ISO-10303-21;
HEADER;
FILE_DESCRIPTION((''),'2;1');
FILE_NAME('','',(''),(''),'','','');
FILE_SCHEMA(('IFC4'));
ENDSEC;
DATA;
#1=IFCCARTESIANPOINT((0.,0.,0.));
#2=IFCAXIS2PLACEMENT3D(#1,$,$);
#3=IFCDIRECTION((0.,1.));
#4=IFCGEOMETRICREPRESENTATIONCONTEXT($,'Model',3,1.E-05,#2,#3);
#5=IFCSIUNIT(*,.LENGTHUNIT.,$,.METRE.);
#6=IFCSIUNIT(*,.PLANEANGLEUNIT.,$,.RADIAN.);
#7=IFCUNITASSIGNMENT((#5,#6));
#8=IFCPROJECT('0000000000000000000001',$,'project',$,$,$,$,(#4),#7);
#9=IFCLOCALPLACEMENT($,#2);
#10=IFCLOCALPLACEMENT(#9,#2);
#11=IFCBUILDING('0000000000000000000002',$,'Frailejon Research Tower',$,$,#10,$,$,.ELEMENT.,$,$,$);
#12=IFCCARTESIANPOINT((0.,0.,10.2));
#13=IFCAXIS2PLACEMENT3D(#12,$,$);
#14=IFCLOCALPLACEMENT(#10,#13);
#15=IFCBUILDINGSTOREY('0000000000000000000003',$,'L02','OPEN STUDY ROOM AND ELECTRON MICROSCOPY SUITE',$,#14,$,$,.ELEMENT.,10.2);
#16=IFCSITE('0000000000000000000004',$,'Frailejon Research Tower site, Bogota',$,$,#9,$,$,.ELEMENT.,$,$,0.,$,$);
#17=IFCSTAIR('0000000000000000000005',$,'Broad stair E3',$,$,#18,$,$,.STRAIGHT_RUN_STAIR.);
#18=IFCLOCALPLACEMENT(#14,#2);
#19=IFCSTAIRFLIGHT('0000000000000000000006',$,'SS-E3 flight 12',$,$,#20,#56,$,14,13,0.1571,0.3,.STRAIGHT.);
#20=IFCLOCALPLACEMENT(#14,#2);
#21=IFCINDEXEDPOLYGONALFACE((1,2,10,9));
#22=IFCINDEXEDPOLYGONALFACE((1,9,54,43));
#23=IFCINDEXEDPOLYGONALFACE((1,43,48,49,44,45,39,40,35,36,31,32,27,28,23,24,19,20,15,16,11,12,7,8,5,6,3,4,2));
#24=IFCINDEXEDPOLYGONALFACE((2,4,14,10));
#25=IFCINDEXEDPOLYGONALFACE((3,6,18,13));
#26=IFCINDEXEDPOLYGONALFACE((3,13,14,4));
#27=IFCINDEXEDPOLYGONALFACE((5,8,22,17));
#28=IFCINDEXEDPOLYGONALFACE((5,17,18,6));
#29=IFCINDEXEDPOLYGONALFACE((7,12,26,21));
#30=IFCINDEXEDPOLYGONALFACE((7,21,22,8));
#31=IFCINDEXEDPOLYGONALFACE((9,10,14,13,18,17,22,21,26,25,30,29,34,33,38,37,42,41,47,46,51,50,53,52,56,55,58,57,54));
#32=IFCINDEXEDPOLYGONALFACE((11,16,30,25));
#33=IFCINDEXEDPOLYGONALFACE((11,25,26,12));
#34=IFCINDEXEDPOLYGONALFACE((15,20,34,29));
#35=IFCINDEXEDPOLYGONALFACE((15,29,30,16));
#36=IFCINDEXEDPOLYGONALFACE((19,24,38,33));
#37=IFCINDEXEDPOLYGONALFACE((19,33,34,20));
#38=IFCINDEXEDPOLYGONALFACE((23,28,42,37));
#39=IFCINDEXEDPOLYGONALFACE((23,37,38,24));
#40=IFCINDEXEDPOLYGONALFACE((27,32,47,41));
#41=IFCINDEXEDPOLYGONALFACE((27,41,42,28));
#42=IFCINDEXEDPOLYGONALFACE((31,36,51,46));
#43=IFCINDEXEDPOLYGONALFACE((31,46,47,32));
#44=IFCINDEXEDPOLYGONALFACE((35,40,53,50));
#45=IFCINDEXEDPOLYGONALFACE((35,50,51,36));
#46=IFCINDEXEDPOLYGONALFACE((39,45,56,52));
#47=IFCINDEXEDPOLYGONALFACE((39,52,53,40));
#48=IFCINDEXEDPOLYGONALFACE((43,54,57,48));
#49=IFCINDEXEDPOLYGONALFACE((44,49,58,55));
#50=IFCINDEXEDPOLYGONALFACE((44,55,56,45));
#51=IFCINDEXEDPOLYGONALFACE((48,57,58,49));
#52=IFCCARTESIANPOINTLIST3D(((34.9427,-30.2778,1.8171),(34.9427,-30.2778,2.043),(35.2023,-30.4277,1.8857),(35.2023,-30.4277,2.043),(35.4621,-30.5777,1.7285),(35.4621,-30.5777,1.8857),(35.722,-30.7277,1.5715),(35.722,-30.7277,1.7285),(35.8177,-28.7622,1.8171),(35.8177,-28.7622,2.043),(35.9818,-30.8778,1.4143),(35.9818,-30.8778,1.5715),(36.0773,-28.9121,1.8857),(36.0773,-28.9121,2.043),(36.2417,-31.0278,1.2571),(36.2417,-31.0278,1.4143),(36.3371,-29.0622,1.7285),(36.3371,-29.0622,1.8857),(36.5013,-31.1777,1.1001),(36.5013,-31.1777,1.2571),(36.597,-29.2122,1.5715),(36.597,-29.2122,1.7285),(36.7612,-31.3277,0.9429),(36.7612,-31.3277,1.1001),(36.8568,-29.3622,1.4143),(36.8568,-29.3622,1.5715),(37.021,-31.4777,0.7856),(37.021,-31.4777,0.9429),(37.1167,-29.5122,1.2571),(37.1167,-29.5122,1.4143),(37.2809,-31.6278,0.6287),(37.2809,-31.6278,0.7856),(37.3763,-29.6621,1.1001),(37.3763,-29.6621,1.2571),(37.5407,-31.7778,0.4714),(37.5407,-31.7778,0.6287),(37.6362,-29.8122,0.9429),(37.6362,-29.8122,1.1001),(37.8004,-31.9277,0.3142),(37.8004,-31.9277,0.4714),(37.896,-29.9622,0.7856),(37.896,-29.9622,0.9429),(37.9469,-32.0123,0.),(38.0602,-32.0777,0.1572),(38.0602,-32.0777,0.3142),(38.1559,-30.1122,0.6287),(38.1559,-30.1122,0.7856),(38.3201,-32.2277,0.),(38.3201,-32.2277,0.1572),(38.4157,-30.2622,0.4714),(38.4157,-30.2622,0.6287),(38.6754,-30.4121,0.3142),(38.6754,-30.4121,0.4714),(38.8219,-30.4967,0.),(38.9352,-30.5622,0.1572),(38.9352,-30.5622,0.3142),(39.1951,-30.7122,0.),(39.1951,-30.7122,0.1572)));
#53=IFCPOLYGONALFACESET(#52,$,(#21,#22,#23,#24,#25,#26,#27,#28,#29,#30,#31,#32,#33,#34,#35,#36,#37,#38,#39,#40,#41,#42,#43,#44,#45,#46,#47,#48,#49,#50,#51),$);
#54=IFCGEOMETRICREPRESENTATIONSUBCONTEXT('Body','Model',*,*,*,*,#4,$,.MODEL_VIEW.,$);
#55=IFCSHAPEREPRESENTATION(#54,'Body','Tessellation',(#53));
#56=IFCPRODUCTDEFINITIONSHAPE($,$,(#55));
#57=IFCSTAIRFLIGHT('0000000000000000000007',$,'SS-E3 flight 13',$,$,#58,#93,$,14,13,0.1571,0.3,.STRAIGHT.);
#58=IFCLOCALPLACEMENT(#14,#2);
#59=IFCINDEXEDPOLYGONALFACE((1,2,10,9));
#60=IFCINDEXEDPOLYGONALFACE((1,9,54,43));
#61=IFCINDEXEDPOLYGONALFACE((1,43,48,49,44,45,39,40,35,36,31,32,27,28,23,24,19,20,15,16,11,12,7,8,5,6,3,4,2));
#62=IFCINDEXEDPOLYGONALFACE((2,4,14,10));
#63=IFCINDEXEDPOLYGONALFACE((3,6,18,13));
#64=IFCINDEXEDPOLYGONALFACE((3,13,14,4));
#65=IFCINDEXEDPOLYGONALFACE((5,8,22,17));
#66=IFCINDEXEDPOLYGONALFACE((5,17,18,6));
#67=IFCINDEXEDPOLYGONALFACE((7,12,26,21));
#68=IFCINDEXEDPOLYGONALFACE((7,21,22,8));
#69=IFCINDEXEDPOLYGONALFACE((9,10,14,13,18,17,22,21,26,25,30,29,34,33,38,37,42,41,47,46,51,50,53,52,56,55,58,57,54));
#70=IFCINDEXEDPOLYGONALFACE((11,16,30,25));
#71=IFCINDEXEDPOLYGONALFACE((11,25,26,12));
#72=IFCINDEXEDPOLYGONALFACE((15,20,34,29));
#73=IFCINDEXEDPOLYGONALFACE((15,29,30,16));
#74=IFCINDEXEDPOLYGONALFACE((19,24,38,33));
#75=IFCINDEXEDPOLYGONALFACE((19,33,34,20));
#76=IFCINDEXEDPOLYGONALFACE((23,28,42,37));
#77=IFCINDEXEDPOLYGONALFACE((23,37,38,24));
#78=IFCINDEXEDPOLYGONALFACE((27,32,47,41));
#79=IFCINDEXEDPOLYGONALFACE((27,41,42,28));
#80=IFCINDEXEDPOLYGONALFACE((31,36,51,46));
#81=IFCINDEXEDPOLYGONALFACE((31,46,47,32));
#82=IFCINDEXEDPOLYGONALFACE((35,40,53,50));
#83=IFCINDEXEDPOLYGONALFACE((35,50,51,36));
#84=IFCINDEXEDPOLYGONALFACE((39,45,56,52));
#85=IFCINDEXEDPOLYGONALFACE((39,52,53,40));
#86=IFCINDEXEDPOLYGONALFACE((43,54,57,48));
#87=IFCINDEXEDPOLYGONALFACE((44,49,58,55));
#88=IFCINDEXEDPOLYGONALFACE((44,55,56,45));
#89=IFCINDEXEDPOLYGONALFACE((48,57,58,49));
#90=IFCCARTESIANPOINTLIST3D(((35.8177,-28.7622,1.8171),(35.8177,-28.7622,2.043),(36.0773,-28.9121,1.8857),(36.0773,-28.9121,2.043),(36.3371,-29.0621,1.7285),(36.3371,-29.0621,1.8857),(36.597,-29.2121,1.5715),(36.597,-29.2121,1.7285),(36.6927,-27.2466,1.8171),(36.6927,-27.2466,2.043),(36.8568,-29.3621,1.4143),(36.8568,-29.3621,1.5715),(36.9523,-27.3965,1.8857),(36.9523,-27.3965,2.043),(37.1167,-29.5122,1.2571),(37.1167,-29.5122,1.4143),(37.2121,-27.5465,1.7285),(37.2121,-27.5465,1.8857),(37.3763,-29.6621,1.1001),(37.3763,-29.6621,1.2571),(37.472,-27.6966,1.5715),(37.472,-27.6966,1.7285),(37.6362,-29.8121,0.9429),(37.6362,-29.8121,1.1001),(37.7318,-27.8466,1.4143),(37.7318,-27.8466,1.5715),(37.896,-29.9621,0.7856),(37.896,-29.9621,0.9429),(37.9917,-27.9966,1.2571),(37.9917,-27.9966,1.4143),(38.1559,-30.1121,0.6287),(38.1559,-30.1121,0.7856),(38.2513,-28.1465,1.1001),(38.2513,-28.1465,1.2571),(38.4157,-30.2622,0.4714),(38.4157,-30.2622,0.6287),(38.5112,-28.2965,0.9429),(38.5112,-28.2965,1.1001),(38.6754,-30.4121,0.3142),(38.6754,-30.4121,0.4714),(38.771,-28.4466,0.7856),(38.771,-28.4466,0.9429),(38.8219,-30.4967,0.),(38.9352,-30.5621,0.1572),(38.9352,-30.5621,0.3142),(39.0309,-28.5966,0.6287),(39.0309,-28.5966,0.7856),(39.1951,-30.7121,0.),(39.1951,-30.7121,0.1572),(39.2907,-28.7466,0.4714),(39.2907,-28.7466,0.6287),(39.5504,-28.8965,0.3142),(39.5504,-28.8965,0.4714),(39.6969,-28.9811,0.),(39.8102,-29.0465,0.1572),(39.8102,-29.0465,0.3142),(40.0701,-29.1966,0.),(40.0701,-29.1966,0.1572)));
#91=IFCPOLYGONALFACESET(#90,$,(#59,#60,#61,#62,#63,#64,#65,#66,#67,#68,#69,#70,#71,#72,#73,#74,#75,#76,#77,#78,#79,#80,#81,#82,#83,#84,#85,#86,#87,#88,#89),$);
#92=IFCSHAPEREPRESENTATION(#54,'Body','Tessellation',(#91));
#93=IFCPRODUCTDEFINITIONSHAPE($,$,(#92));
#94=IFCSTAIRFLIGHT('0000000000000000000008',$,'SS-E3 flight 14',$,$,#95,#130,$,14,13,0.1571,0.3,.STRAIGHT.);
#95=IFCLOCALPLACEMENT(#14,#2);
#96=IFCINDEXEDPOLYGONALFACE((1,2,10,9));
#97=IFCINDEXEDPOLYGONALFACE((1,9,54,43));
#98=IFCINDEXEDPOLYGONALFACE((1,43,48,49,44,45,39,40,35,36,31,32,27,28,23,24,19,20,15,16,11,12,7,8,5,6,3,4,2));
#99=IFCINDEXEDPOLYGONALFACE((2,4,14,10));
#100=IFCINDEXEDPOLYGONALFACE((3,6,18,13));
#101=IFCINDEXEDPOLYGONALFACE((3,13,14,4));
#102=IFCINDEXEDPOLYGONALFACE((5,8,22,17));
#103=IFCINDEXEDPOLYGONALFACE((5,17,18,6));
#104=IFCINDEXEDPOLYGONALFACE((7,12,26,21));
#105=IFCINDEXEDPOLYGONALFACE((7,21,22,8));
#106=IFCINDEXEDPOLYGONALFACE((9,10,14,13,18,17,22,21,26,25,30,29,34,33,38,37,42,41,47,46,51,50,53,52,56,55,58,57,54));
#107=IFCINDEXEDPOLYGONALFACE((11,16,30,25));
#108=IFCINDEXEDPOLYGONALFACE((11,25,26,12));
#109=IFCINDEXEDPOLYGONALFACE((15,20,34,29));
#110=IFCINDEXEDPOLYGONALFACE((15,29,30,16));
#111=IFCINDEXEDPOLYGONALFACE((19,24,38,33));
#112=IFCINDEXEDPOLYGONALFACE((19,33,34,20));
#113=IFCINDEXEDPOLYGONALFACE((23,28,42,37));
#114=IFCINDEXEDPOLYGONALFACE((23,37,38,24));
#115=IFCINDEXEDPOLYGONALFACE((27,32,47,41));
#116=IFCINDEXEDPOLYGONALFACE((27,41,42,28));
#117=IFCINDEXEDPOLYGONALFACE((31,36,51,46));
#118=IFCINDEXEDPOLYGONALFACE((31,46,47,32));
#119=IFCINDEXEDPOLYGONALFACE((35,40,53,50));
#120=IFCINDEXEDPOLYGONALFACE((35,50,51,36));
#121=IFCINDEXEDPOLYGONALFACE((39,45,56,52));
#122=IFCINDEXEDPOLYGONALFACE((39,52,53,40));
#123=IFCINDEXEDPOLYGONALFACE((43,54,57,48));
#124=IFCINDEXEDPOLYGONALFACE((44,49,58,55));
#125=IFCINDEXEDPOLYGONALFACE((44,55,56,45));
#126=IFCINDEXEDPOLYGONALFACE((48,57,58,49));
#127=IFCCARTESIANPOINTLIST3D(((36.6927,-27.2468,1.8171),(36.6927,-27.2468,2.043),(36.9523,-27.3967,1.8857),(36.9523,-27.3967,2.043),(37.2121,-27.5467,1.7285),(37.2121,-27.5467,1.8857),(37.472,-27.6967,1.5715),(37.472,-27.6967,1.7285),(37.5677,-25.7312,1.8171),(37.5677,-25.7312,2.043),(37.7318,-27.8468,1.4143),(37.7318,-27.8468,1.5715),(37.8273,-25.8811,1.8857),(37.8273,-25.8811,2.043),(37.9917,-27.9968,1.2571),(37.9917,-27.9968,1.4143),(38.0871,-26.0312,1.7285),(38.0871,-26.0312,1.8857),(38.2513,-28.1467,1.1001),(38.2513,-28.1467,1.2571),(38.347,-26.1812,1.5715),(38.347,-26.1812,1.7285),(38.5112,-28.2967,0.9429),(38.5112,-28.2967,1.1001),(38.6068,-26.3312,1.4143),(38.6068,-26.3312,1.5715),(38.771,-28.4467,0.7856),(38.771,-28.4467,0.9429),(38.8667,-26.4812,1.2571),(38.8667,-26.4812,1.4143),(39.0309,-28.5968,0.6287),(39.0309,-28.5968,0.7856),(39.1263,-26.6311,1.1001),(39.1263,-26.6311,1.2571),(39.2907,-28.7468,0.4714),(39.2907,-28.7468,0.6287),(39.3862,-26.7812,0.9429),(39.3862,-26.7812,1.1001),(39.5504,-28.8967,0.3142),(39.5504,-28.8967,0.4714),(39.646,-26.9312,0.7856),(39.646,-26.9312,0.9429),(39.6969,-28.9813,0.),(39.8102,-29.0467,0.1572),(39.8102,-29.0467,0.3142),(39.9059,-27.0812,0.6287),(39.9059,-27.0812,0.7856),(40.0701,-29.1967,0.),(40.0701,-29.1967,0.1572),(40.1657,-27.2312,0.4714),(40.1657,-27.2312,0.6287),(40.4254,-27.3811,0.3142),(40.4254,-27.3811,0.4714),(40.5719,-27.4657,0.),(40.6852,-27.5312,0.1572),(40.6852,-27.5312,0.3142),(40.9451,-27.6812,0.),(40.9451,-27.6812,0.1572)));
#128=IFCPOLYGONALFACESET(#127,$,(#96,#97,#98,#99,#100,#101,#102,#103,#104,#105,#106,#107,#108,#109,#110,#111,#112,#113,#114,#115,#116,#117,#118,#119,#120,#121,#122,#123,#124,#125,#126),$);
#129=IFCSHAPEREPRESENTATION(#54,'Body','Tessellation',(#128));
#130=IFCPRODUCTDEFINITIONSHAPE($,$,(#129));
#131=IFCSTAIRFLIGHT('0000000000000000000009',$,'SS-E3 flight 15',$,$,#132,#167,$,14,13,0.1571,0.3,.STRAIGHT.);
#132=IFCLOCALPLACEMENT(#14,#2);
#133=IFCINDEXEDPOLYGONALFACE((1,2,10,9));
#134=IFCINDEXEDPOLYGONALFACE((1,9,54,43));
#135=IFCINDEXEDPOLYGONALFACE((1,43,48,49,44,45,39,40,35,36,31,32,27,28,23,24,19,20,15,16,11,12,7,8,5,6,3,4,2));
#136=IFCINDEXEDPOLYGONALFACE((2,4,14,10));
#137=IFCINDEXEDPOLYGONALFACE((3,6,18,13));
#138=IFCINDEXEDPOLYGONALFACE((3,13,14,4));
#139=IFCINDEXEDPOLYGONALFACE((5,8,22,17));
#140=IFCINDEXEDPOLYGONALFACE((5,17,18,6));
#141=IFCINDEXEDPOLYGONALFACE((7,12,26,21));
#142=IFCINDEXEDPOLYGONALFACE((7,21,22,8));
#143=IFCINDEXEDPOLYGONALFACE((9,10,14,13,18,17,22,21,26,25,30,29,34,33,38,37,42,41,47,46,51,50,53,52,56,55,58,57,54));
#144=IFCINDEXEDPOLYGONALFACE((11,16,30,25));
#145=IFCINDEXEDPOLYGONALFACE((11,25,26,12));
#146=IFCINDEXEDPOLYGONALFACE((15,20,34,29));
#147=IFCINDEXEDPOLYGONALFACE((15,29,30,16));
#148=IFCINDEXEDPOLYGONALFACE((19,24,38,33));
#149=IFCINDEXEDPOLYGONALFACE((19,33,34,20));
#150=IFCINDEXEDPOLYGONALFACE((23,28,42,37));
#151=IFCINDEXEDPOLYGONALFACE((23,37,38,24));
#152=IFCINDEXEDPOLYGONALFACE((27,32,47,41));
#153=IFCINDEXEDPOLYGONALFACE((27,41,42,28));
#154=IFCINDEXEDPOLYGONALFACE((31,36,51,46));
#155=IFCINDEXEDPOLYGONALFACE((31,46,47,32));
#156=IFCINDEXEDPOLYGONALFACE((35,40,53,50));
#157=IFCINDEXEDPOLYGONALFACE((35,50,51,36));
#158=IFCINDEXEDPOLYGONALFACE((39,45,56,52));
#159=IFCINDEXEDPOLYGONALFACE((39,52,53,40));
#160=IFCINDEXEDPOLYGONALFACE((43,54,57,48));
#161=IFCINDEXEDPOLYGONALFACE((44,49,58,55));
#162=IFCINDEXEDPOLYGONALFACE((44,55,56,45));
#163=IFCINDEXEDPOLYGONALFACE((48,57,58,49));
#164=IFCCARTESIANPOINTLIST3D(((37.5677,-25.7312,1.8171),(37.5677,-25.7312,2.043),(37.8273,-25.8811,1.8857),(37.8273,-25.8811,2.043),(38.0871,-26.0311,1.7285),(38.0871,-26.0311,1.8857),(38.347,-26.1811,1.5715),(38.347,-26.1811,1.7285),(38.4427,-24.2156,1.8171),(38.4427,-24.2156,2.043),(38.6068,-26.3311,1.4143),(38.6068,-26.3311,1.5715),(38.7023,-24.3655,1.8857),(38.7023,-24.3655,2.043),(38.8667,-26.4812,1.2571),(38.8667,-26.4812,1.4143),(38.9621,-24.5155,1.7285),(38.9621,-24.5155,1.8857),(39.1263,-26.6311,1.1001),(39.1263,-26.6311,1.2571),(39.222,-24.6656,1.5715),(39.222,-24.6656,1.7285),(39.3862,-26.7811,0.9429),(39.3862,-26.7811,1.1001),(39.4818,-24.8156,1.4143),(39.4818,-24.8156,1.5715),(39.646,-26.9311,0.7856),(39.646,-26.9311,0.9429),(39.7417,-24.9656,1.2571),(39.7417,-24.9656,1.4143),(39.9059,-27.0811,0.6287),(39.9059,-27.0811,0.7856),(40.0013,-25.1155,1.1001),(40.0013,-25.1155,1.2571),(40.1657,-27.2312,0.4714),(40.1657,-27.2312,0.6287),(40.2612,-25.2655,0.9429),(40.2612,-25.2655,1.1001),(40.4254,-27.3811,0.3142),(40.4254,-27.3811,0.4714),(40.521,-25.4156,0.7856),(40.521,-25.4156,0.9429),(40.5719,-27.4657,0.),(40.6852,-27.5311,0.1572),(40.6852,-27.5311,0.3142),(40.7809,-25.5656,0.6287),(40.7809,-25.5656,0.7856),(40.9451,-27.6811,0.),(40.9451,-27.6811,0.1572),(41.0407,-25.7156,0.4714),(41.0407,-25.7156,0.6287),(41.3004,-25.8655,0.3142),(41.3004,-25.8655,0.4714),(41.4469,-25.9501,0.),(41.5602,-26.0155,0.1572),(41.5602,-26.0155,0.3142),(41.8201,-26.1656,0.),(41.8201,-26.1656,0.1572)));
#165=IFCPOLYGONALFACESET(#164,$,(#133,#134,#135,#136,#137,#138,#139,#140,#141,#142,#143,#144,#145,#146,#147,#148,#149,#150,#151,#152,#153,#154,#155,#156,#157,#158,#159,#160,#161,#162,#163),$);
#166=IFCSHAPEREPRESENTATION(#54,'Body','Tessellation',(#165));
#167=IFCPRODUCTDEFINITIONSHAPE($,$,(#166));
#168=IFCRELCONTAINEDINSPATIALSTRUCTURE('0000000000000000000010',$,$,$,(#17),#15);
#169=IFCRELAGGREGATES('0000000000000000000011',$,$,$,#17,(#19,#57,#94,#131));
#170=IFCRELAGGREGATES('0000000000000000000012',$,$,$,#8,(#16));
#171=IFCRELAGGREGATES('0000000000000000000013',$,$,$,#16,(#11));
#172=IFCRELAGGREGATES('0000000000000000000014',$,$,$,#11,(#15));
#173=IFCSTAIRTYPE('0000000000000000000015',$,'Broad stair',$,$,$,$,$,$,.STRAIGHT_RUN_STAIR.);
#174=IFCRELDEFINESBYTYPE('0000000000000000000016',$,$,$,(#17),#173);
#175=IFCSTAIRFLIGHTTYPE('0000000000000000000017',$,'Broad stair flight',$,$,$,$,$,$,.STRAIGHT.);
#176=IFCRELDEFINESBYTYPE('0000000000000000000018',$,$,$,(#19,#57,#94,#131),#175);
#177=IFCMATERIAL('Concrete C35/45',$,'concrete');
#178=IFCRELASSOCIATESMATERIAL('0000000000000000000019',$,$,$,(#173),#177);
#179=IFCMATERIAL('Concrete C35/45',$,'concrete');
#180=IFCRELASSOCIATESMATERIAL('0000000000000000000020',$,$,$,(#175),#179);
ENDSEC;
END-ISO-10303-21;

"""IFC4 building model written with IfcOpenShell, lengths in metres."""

from ifc_helpers import new_model, si_unit, direction, frame, origin, place, context, subcontext, project, spatial, polyline, outline, extrude, material, type_object, element, aggregate, save


model = new_model("IFC4")

# Units and contexts
model_context = context("Model", 3, precision=1e-05, world=origin(), true_north=direction((0.0, 1.0)))
body_context = subcontext(model_context, "Body", "Model", "MODEL_VIEW")
ifc_project = project(units=[si_unit("LENGTHUNIT", "METRE"), si_unit("PLANEANGLEUNIT", "RADIAN")], contexts=[model_context])

# Site, building, storey
site_placement = place(None, origin())
site = spatial("IfcSite", under=ifc_project, at=site_placement, Name="Frailejon Research Tower site, Bogota", CompositionType="ELEMENT", RefElevation=0.0)
building_placement = place(site_placement, origin())
building = spatial("IfcBuilding", under=site, at=building_placement, Name="Frailejon Research Tower", CompositionType="ELEMENT")
storey_placement = place(building_placement, frame((0.0, 0.0, 10.2)))
storey = spatial("IfcBuildingStorey", under=building, at=storey_placement, Name="L02", Description="OPEN STUDY ROOM AND ELECTRON MICROSCOPY SUITE", CompositionType="ELEMENT", Elevation=10.2)

# Stair, stair flights
ifc_material_1 = material(Name="Concrete C35/45", Category="concrete")
stair_type = type_object("IfcStairType", Name="Broad stair", PredefinedType="STRAIGHT_RUN_STAIR", material=ifc_material_1)
stair_placement = place(storey_placement, origin())
stair = element("IfcStair", 1, at=stair_placement, inside=storey, type_object=stair_type, Name="Broad stair E3", PredefinedType="STRAIGHT_RUN_STAIR")
ifc_material_2 = material(Name="Concrete C35/45", Category="concrete")
stair_flight_type = type_object("IfcStairFlightType", Name="Broad stair flight", PredefinedType="STRAIGHT", material=ifc_material_2)
stair_flight_1_placement = place(storey_placement, frame((38.7576, -31.47, 0.0), z_axis=(0.0, 0.0, 1.0), x_axis=(-0.866025, 0.5, 0.0)))
stair_flight_1 = element("IfcStairFlight", 2, at=stair_flight_1_placement, type_object=stair_flight_type, Name="SS-E3 flight 12", NumberOfRisers=14, NumberOfTreads=13, PredefinedType="STRAIGHT", RiserHeight=0.1571, TreadLength=0.3, context=body_context, shape_type="SweptSolid", body=[
    extrude(outline(polyline([(0.0, 0.0), (0.0, 0.1572), (0.3, 0.1572), (0.3, 0.3142), (0.6001, 0.3142), (0.6001, 0.4714), (0.8999, 0.4714), (0.8999, 0.6287), (1.2, 0.6287), (1.2, 0.7856), (1.5, 0.7856), (1.5, 0.9429), (1.8, 0.9429), (1.8, 1.1001), (2.1001, 1.1001), (2.1001, 1.2571), (2.3999, 1.2571), (2.3999, 1.4143), (2.7, 1.4143), (2.7, 1.5715), (3.0, 1.5715), (3.0, 1.7285), (3.3, 1.7285), (3.3, 1.8857), (3.6001, 1.8857), (3.6001, 2.043), (3.8999, 2.043), (3.8999, 2.2), (3.8999, 1.8171), (0.4309, 0.0), (0.0, 0.0)])), frame((0.0, 0.875, 0.0), z_axis=(0.0, -1.0, 0.0), x_axis=(1.0, 0.0, 0.0)), (0.0, 0.0, 1.0), 1.75),
])
stair_flight_2_placement = place(storey_placement, frame((39.6326, -29.9543, 0.0), z_axis=(0.0, 0.0, 1.0), x_axis=(-0.866025, 0.5, 0.0)))
stair_flight_2 = element("IfcStairFlight", 3, at=stair_flight_2_placement, type_object=stair_flight_type, Name="SS-E3 flight 13", NumberOfRisers=14, NumberOfTreads=13, PredefinedType="STRAIGHT", RiserHeight=0.1571, TreadLength=0.3, context=body_context, shape_type="SweptSolid", body=[
    extrude(outline(polyline([(0.0, 0.0), (0.0, 0.1572), (0.3, 0.1572), (0.3, 0.3142), (0.6001, 0.3142), (0.6001, 0.4714), (0.8999, 0.4714), (0.8999, 0.6287), (1.2, 0.6287), (1.2, 0.7856), (1.5, 0.7856), (1.5, 0.9429), (1.8, 0.9429), (1.8, 1.1001), (2.1001, 1.1001), (2.1001, 1.2571), (2.3999, 1.2571), (2.3999, 1.4143), (2.7, 1.4143), (2.7, 1.5715), (3.0, 1.5715), (3.0, 1.7285), (3.3, 1.7285), (3.3, 1.8857), (3.6001, 1.8857), (3.6001, 2.043), (3.8999, 2.043), (3.8999, 2.2), (3.8999, 1.8171), (0.4309, 0.0), (0.0, 0.0)])), frame((0.0, 0.875, 0.0), z_axis=(0.0, -1.0, 0.0), x_axis=(1.0, 0.0, 0.0)), (0.0, 0.0, 1.0), 1.75),
])
stair_flight_3_placement = place(storey_placement, frame((40.5076, -28.439, 0.0), z_axis=(0.0, 0.0, 1.0), x_axis=(-0.866025, 0.5, 0.0)))
stair_flight_3 = element("IfcStairFlight", 4, at=stair_flight_3_placement, type_object=stair_flight_type, Name="SS-E3 flight 14", NumberOfRisers=14, NumberOfTreads=13, PredefinedType="STRAIGHT", RiserHeight=0.1571, TreadLength=0.3, context=body_context, shape_type="SweptSolid", body=[
    extrude(outline(polyline([(0.0, 0.0), (0.0, 0.1572), (0.3, 0.1572), (0.3, 0.3142), (0.6001, 0.3142), (0.6001, 0.4714), (0.8999, 0.4714), (0.8999, 0.6287), (1.2, 0.6287), (1.2, 0.7856), (1.5, 0.7856), (1.5, 0.9429), (1.8, 0.9429), (1.8, 1.1001), (2.1001, 1.1001), (2.1001, 1.2571), (2.3999, 1.2571), (2.3999, 1.4143), (2.7, 1.4143), (2.7, 1.5715), (3.0, 1.5715), (3.0, 1.7285), (3.3, 1.7285), (3.3, 1.8857), (3.6001, 1.8857), (3.6001, 2.043), (3.8999, 2.043), (3.8999, 2.2), (3.8999, 1.8171), (0.4309, 0.0), (0.0, 0.0)])), frame((0.0, 0.875, 0.0), z_axis=(0.0, -1.0, 0.0), x_axis=(1.0, 0.0, 0.0)), (0.0, 0.0, 1.0), 1.75),
])
stair_flight_4_placement = place(storey_placement, frame((41.3826, -26.9233, 0.0), z_axis=(0.0, 0.0, 1.0), x_axis=(-0.866025, 0.5, 0.0)))
stair_flight_4 = element("IfcStairFlight", 5, at=stair_flight_4_placement, type_object=stair_flight_type, Name="SS-E3 flight 15", NumberOfRisers=14, NumberOfTreads=13, PredefinedType="STRAIGHT", RiserHeight=0.1571, TreadLength=0.3, context=body_context, shape_type="SweptSolid", body=[
    extrude(outline(polyline([(0.0, 0.0), (0.0, 0.1572), (0.3, 0.1572), (0.3, 0.3142), (0.6001, 0.3142), (0.6001, 0.4714), (0.8999, 0.4714), (0.8999, 0.6287), (1.2, 0.6287), (1.2, 0.7856), (1.5, 0.7856), (1.5, 0.9429), (1.8, 0.9429), (1.8, 1.1001), (2.1001, 1.1001), (2.1001, 1.2571), (2.3999, 1.2571), (2.3999, 1.4143), (2.7, 1.4143), (2.7, 1.5715), (3.0, 1.5715), (3.0, 1.7285), (3.3, 1.7285), (3.3, 1.8857), (3.6001, 1.8857), (3.6001, 2.043), (3.8999, 2.043), (3.8999, 2.2), (3.8999, 1.8171), (0.4309, 0.0), (0.0, 0.0)])), frame((0.0, 0.875, 0.0), z_axis=(0.0, -1.0, 0.0), x_axis=(1.0, 0.0, 0.0)), (0.0, 0.0, 1.0), 1.75),
])
aggregate(stair, [stair_flight_1, stair_flight_2, stair_flight_3, stair_flight_4])

save(model, "model.ifc")
